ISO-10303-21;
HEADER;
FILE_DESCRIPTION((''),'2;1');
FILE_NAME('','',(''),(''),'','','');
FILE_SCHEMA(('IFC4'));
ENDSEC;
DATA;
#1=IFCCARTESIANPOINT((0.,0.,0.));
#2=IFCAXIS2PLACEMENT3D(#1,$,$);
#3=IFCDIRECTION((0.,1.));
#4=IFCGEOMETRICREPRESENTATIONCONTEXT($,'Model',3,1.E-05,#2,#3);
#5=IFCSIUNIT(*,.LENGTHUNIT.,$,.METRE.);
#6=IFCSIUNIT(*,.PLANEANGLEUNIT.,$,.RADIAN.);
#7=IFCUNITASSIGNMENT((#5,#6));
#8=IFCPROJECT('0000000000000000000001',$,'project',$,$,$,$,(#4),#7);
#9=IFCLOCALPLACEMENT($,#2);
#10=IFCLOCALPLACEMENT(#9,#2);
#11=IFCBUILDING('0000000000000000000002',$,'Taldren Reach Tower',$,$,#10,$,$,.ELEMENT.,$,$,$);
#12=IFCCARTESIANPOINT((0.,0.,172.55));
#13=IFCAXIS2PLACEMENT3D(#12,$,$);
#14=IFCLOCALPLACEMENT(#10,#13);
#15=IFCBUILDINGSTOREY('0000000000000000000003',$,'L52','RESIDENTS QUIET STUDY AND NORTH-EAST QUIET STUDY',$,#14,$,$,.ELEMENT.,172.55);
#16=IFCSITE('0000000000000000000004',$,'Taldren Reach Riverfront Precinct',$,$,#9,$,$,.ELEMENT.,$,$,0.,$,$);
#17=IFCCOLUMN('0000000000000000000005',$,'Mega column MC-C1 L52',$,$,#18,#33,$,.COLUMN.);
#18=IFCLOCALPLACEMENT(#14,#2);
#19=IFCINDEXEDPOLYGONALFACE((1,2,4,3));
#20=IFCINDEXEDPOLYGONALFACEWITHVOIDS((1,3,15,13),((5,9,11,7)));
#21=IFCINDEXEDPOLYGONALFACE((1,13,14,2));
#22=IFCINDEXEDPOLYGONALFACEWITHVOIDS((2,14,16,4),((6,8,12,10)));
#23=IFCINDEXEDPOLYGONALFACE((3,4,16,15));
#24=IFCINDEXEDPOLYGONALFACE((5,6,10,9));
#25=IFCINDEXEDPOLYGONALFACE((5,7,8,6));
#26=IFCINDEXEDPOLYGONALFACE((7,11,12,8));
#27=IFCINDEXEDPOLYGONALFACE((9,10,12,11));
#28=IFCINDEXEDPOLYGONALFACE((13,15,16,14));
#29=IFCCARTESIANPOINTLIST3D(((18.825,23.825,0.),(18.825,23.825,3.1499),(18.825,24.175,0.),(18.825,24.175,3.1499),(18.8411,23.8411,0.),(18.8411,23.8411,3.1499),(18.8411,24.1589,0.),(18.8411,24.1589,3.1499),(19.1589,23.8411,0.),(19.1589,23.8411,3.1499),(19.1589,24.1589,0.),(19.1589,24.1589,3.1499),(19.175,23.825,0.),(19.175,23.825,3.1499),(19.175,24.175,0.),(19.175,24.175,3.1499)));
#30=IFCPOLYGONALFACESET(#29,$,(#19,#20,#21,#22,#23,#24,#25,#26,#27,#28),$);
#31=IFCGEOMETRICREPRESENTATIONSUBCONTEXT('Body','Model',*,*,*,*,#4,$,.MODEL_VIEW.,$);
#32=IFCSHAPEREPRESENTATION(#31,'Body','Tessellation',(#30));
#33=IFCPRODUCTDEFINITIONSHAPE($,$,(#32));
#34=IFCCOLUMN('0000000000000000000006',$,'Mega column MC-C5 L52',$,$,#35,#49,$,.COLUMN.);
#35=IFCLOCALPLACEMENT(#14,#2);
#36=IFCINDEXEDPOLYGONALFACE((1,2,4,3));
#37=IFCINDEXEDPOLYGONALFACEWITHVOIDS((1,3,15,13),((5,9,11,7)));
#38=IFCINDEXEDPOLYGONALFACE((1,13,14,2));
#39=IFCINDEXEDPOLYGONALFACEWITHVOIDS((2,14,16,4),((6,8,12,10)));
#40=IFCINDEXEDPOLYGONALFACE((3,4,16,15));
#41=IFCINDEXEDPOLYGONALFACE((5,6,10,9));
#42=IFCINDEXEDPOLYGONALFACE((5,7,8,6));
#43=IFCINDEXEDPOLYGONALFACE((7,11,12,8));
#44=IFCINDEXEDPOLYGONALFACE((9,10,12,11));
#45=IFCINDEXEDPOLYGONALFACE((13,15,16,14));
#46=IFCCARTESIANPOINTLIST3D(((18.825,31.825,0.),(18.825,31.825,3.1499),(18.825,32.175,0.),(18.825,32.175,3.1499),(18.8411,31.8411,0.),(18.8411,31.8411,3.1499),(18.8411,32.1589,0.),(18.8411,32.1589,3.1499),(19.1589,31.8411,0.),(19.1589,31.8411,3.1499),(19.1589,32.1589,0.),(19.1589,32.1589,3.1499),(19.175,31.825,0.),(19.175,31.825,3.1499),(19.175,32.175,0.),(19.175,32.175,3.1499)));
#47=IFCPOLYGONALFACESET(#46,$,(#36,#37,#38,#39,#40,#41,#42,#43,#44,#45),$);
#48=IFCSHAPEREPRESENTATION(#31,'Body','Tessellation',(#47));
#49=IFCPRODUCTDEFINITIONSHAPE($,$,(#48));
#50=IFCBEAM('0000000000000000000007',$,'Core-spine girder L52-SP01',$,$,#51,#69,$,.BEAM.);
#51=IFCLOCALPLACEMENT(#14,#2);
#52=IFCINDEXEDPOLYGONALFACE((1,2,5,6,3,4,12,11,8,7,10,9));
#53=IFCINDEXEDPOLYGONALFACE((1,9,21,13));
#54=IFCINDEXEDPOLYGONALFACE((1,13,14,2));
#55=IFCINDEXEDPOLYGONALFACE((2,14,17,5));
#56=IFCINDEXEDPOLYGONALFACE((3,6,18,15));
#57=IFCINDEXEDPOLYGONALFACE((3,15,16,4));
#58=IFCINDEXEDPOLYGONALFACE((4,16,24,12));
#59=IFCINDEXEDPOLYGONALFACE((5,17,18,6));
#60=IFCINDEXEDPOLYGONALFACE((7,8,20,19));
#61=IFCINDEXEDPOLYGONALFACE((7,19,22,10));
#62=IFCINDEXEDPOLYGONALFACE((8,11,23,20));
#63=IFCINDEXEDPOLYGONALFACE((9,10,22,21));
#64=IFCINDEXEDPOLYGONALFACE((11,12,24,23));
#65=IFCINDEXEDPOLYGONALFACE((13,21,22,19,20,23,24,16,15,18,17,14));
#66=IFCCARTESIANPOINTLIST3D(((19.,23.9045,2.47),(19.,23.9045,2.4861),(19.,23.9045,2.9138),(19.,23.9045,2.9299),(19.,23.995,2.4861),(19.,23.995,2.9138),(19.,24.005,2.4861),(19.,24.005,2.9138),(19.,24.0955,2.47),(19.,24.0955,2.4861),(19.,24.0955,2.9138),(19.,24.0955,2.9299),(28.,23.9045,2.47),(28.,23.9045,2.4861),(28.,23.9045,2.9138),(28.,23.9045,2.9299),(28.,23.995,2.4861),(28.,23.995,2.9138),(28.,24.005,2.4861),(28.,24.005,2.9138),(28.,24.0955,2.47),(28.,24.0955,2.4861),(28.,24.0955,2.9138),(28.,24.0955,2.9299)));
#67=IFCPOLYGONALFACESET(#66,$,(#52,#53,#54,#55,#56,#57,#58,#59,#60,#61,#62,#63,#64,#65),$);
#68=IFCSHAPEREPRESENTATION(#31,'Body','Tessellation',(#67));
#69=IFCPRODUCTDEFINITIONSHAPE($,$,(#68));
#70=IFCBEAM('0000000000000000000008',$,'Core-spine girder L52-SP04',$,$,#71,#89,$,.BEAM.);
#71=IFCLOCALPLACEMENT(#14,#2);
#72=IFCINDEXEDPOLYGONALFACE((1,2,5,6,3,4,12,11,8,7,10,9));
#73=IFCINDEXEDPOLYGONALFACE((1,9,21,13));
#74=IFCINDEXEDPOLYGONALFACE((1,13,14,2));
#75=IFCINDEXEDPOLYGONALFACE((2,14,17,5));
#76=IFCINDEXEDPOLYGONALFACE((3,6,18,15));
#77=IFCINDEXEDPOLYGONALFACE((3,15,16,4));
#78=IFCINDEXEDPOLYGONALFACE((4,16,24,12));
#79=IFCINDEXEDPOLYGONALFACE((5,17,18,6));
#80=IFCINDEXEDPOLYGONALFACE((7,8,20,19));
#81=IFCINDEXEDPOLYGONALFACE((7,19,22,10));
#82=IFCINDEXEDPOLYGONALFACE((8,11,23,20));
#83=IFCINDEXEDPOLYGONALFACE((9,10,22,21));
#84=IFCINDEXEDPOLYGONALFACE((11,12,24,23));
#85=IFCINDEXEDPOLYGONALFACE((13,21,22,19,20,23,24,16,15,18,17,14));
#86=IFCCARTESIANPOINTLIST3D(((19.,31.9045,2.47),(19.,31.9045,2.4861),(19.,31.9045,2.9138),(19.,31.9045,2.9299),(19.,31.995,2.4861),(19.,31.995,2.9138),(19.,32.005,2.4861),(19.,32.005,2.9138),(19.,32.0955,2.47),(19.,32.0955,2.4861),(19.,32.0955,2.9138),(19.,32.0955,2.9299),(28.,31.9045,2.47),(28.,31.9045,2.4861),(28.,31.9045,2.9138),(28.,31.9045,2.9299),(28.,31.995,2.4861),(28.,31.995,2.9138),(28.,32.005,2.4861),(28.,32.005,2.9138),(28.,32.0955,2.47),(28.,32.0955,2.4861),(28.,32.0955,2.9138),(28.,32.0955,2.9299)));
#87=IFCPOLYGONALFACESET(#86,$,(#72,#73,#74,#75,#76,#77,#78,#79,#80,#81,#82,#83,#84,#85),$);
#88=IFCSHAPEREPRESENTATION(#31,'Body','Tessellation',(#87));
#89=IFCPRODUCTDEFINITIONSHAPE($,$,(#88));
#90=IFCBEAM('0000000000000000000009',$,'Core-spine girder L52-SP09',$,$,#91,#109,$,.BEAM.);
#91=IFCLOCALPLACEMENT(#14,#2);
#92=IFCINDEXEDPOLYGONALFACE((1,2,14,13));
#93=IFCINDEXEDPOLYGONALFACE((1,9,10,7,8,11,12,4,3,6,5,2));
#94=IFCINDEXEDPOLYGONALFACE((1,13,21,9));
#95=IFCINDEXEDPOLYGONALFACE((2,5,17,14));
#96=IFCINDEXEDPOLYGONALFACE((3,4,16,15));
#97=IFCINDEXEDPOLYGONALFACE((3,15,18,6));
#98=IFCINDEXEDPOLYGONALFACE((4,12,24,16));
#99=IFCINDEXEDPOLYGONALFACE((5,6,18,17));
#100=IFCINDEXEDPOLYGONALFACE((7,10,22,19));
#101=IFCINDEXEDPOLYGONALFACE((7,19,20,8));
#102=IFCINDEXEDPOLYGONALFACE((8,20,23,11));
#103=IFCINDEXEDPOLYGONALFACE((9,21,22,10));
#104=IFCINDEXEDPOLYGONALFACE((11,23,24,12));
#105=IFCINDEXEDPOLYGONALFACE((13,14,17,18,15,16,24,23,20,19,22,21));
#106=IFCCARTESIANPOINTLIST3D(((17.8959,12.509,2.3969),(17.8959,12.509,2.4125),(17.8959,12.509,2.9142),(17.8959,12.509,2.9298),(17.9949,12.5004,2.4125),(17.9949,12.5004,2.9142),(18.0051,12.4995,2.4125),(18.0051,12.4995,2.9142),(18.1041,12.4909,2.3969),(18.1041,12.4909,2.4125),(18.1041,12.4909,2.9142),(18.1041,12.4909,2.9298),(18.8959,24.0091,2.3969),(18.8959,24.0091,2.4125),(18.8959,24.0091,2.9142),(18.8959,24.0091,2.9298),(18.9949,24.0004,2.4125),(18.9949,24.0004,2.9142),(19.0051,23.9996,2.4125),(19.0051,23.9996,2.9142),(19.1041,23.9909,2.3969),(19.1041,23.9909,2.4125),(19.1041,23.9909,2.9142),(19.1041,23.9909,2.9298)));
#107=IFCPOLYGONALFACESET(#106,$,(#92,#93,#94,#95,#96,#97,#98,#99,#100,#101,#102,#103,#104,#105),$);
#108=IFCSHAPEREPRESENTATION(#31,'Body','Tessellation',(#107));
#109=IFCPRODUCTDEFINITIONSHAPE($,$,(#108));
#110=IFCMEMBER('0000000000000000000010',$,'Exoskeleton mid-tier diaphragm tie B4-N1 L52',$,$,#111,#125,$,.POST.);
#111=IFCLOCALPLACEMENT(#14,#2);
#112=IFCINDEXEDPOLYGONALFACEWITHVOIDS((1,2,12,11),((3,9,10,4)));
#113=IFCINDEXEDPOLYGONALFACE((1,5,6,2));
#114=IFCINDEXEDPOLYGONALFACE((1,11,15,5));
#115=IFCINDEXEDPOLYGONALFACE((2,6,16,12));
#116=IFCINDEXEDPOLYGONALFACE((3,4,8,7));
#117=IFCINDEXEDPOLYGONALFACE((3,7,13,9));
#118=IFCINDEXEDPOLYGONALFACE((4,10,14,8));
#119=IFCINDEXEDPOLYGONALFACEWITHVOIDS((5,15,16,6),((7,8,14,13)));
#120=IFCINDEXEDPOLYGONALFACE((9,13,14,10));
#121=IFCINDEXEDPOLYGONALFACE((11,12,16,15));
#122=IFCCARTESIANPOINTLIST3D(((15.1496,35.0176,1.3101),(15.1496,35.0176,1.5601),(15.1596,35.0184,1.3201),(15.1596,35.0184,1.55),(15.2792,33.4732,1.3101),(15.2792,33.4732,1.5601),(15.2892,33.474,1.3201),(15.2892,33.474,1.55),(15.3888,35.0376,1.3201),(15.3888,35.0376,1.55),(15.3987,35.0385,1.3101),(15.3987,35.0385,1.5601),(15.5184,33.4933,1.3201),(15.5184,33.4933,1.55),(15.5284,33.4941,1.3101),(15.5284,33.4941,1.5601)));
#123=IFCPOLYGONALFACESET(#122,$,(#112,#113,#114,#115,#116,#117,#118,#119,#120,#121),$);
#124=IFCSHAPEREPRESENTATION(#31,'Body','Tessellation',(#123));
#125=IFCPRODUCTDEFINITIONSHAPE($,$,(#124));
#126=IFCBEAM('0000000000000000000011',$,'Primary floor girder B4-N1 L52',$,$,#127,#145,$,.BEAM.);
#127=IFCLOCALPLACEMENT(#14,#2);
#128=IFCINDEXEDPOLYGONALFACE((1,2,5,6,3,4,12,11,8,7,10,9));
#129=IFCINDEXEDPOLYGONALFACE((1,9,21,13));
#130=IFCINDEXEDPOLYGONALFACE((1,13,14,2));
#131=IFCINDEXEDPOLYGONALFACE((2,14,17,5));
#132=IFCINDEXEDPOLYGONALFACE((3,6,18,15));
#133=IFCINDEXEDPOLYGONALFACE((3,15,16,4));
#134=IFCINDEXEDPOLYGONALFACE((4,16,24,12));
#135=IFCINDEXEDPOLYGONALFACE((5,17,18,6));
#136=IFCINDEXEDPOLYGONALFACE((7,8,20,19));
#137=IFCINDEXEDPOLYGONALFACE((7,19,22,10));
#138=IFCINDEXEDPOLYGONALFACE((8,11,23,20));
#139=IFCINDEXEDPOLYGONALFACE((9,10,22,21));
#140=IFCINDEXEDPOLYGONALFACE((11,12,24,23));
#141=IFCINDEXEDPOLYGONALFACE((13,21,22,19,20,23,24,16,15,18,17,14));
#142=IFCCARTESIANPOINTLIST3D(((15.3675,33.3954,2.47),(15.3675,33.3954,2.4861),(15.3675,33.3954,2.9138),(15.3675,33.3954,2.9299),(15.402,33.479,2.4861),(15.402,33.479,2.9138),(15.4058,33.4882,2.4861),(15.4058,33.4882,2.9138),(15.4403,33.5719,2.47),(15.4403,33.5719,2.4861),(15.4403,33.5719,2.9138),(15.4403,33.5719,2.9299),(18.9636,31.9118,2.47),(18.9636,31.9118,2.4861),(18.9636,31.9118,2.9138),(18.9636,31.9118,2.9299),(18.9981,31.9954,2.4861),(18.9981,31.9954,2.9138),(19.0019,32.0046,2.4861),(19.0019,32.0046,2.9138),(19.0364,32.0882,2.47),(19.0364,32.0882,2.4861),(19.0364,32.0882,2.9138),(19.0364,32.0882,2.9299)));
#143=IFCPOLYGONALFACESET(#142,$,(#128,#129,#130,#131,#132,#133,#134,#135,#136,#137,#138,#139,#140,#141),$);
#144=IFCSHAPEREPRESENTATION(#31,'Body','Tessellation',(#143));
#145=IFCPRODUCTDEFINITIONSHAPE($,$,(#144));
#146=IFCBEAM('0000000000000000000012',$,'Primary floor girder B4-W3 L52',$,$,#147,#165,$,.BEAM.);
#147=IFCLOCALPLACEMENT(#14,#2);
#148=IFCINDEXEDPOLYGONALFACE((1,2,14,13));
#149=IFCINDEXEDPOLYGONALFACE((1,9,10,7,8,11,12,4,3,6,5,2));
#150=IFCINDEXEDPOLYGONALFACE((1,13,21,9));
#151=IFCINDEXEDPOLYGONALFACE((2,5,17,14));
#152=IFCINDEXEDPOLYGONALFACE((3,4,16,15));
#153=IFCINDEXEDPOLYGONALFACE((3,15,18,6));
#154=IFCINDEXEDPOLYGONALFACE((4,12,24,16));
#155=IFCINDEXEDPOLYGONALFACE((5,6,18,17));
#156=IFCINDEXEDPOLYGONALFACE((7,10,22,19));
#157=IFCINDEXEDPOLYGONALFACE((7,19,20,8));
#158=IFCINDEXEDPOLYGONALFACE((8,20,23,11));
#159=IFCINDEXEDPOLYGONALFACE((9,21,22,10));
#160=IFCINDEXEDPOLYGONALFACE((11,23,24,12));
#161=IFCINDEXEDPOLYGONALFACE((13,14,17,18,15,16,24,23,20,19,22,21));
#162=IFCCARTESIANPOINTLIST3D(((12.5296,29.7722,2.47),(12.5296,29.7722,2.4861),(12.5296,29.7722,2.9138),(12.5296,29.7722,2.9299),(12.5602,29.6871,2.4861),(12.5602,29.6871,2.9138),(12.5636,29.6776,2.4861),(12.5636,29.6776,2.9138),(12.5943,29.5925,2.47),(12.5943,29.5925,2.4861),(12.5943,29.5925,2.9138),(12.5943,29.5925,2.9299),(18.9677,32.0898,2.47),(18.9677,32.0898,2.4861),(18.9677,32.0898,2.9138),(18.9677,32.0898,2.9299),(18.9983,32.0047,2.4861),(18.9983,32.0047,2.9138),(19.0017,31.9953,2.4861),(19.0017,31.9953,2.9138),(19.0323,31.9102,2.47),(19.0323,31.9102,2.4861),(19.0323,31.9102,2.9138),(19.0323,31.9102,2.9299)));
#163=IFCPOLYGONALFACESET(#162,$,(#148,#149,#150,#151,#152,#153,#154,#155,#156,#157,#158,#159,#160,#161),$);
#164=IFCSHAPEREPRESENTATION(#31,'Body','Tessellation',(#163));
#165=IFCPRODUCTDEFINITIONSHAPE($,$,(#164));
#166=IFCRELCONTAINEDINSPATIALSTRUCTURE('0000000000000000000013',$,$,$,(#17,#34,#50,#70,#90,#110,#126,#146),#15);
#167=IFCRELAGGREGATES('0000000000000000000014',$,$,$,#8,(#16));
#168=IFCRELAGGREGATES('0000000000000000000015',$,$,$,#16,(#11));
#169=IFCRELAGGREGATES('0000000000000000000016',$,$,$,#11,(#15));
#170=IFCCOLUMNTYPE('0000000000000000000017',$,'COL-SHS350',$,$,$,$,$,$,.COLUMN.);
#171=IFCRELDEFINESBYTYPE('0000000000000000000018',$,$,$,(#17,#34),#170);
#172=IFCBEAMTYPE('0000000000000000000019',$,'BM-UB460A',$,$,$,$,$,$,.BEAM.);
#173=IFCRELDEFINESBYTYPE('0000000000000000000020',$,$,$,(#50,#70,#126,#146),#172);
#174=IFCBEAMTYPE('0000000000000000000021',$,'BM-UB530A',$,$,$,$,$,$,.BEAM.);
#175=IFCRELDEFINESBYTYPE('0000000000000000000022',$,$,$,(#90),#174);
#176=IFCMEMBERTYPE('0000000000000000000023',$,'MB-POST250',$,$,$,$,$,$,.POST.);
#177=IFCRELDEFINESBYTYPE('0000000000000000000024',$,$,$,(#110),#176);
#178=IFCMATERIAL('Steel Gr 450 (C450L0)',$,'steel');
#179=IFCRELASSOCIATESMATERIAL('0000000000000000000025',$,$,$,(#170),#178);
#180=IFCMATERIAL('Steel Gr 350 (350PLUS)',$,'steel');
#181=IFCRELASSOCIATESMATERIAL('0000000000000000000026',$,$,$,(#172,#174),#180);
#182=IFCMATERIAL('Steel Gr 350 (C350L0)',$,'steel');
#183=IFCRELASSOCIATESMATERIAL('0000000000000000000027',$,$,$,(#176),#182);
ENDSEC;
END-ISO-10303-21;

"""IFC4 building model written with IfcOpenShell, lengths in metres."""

from ifc_helpers import new_model, si_unit, direction, frame, origin, origin_2d, place, context, subcontext, project, spatial, hollow_rectangle, i_section, extrude, source, transform, mapped, material, material_profile, profile_set, type_object, element, save


model = new_model("IFC4")

# Units and contexts
model_context = context("Model", 3, precision=1e-05, world=origin(), true_north=direction((0.0, 1.0)))
body_context = subcontext(model_context, "Body", "Model", "MODEL_VIEW")
ifc_project = project(units=[si_unit("LENGTHUNIT", "METRE"), si_unit("PLANEANGLEUNIT", "RADIAN")], contexts=[model_context])

# Site, building, storey
site_placement = place(None, origin())
site = spatial("IfcSite", under=ifc_project, at=site_placement, Name="Taldren Reach Riverfront Precinct", CompositionType="ELEMENT", RefElevation=0.0)
building_placement = place(site_placement, origin())
building = spatial("IfcBuilding", under=site, at=building_placement, Name="Taldren Reach Tower", CompositionType="ELEMENT")
storey_placement = place(building_placement, frame((0.0, 0.0, 172.55)))
storey = spatial("IfcBuildingStorey", under=building, at=storey_placement, Name="L52", Description="RESIDENTS QUIET STUDY AND NORTH-EAST QUIET STUDY", CompositionType="ELEMENT", Elevation=172.55)

# Columns
ifc_material_1 = material(Name="Steel Gr 450 (C450L0)", Category="steel")
ifc_material_profile_1 = material_profile(ifc_material_1, hollow_rectangle(XDim=0.3501, YDim=0.3501, WallThickness=0.0161, at=origin_2d()), Name="350x350x16.0SHS")
ifc_profile_set_1 = profile_set([ifc_material_profile_1], Name="Steel Gr 450 (C450L0)")
column_type = type_object("IfcColumnType", Name="COL-SHS350", PredefinedType="COLUMN", material=ifc_profile_set_1)
shared_shape_1 = source(origin(), body_context, "Body", "SweptSolid", [
    extrude(hollow_rectangle(XDim=0.3501, YDim=0.3501, WallThickness=0.0161, at=origin_2d()), origin(), (0.0, 0.0, 1.0), 3.1499),
])
for number, where, z_axis, x_axis, name in (
    (1, (19.0, 24.0, 0.0), (0.0, 0.0, 1.0), (1.0, 0.0, 0.0), "Mega column MC-C1 L52"),
    (2, (19.0, 32.0, 0.0), (0.0, 0.0, 1.0), (1.0, 0.0, 0.0), "Mega column MC-C5 L52"),
):
    element("IfcColumn", number, at=place(storey_placement, frame(where, z_axis=z_axis, x_axis=x_axis)), inside=storey, type_object=column_type, Name=name, PredefinedType="COLUMN", context=body_context, shape_type="MappedRepresentation", body=[
        mapped(shared_shape_1, transform((0.0, 0.0, 0.0), scale=1.0)),
    ])

# Beams
ifc_material_2 = material(Name="Steel Gr 350 (350PLUS)", Category="steel")
ifc_material_profile_2 = material_profile(ifc_material_2, i_section(OverallWidth=0.1909, OverallDepth=0.46, WebThickness=0.01, FlangeThickness=0.0161, at=origin_2d()), Name="460UB82.1")
ifc_profile_set_2 = profile_set([ifc_material_profile_2], Name="Steel Gr 350 (350PLUS)")
beam_type_1 = type_object("IfcBeamType", Name="BM-UB460A", PredefinedType="BEAM", material=ifc_profile_set_2)
shared_shape_2 = source(origin(), body_context, "Body", "SweptSolid", [
    extrude(i_section(OverallWidth=0.1909, OverallDepth=0.46, WebThickness=0.01, FlangeThickness=0.0161, at=origin_2d()), origin(), (0.0, 0.0, 1.0), 9.0),
])
for number, where, z_axis, x_axis, name in (
    (3, (19.0, 24.0, 2.7), (1.0, 0.0, 0.0), (0.0, 1.0, 0.0), "Core-spine girder L52-SP01"),
    (4, (19.0, 32.0, 2.7), (1.0, 0.0, 0.0), (0.0, 1.0, 0.0), "Core-spine girder L52-SP04"),
):
    element("IfcBeam", number, at=place(storey_placement, frame(where, z_axis=z_axis, x_axis=x_axis)), inside=storey, type_object=beam_type_1, Name=name, PredefinedType="BEAM", context=body_context, shape_type="MappedRepresentation", body=[
        mapped(shared_shape_2, transform((0.0, 0.0, 0.0), scale=1.0)),
    ])
ifc_material_profile_3 = material_profile(ifc_material_2, i_section(OverallWidth=0.209, OverallDepth=0.533, WebThickness=0.0103, FlangeThickness=0.0156, at=origin_2d()), Name="530UB92.4")
ifc_profile_set_3 = profile_set([ifc_material_profile_3], Name="Steel Gr 350 (350PLUS)")
beam_type_2 = type_object("IfcBeamType", Name="BM-UB530A", PredefinedType="BEAM", material=ifc_profile_set_3)
shared_shape_3 = source(origin(), body_context, "Body", "SweptSolid", [
    extrude(i_section(OverallWidth=0.209, OverallDepth=0.533, WebThickness=0.0103, FlangeThickness=0.0156, at=origin_2d()), origin(), (0.0, 0.0, 1.0), 11.5435),
])
beam_1_placement = place(storey_placement, frame((19.0, 24.0, 2.6633), z_axis=(-0.08663, -0.996241, 0.0), x_axis=(0.996241, -0.08663, 0.0)))
element("IfcBeam", 5, at=beam_1_placement, inside=storey, type_object=beam_type_2, Name="Core-spine girder L52-SP09", PredefinedType="BEAM", context=body_context, shape_type="MappedRepresentation", body=[
    mapped(shared_shape_3, transform((0.0, 0.0, 0.0), scale=1.0)),
])

# Member
ifc_material_3 = material(Name="Steel Gr 350 (C350L0)", Category="steel")
ifc_material_profile_4 = material_profile(ifc_material_3, hollow_rectangle(XDim=0.25, YDim=0.25, WallThickness=0.01, at=origin_2d()), Name="250x250x10.0SHS")
ifc_profile_set_4 = profile_set([ifc_material_profile_4], Name="Steel Gr 350 (C350L0)")
member_type_1 = type_object("IfcMemberType", Name="MB-POST250", PredefinedType="POST", material=ifc_profile_set_4)
shared_shape_4 = source(origin(), body_context, "Body", "SweptSolid", [
    extrude(hollow_rectangle(XDim=0.25, YDim=0.25, WallThickness=0.01, at=origin_2d()), origin(), (0.0, 0.0, 1.0), 1.5498),
])
member_1_placement = place(storey_placement, frame((15.4038, 33.4836, 1.4351), z_axis=(-0.083645, 0.996496, 0.0), x_axis=(-0.996496, -0.083645, 0.0)))
element("IfcMember", 6, at=member_1_placement, inside=storey, type_object=member_type_1, Name="Exoskeleton mid-tier diaphragm tie B4-N1 L52", PredefinedType="POST", context=body_context, shape_type="MappedRepresentation", body=[
    mapped(shared_shape_4, transform((0.0, 0.0, 0.0), scale=1.0)),
])

# Beams
shared_shape_5 = source(origin(), body_context, "Body", "SweptSolid", [
    extrude(i_section(OverallWidth=0.1909, OverallDepth=0.46, WebThickness=0.01, FlangeThickness=0.0161, at=origin_2d()), origin(), (0.0, 0.0, 1.0), 3.8901),
])
beam_2_placement = place(storey_placement, frame((19.0, 32.0, 2.7), z_axis=(-0.924419, 0.381378, 0.0), x_axis=(-0.381378, -0.924419, 0.0)))
element("IfcBeam", 7, at=beam_2_placement, inside=storey, type_object=beam_type_1, Name="Primary floor girder B4-N1 L52", PredefinedType="BEAM", context=body_context, shape_type="MappedRepresentation", body=[
    mapped(shared_shape_5, transform((0.0, 0.0, 0.0), scale=1.0)),
])
shared_shape_6 = source(origin(), body_context, "Body", "SweptSolid", [
    extrude(i_section(OverallWidth=0.1909, OverallDepth=0.46, WebThickness=0.01, FlangeThickness=0.0161, at=origin_2d()), origin(), (0.0, 0.0, 1.0), 6.8425),
])
beam_3_placement = place(storey_placement, frame((19.0, 32.0, 2.7), z_axis=(-0.94089, -0.338713, 0.0), x_axis=(0.338713, -0.94089, 0.0)))
element("IfcBeam", 8, at=beam_3_placement, inside=storey, type_object=beam_type_1, Name="Primary floor girder B4-W3 L52", PredefinedType="BEAM", context=body_context, shape_type="MappedRepresentation", body=[
    mapped(shared_shape_6, transform((0.0, 0.0, 0.0), scale=1.0)),
])

save(model, "model.ifc")
